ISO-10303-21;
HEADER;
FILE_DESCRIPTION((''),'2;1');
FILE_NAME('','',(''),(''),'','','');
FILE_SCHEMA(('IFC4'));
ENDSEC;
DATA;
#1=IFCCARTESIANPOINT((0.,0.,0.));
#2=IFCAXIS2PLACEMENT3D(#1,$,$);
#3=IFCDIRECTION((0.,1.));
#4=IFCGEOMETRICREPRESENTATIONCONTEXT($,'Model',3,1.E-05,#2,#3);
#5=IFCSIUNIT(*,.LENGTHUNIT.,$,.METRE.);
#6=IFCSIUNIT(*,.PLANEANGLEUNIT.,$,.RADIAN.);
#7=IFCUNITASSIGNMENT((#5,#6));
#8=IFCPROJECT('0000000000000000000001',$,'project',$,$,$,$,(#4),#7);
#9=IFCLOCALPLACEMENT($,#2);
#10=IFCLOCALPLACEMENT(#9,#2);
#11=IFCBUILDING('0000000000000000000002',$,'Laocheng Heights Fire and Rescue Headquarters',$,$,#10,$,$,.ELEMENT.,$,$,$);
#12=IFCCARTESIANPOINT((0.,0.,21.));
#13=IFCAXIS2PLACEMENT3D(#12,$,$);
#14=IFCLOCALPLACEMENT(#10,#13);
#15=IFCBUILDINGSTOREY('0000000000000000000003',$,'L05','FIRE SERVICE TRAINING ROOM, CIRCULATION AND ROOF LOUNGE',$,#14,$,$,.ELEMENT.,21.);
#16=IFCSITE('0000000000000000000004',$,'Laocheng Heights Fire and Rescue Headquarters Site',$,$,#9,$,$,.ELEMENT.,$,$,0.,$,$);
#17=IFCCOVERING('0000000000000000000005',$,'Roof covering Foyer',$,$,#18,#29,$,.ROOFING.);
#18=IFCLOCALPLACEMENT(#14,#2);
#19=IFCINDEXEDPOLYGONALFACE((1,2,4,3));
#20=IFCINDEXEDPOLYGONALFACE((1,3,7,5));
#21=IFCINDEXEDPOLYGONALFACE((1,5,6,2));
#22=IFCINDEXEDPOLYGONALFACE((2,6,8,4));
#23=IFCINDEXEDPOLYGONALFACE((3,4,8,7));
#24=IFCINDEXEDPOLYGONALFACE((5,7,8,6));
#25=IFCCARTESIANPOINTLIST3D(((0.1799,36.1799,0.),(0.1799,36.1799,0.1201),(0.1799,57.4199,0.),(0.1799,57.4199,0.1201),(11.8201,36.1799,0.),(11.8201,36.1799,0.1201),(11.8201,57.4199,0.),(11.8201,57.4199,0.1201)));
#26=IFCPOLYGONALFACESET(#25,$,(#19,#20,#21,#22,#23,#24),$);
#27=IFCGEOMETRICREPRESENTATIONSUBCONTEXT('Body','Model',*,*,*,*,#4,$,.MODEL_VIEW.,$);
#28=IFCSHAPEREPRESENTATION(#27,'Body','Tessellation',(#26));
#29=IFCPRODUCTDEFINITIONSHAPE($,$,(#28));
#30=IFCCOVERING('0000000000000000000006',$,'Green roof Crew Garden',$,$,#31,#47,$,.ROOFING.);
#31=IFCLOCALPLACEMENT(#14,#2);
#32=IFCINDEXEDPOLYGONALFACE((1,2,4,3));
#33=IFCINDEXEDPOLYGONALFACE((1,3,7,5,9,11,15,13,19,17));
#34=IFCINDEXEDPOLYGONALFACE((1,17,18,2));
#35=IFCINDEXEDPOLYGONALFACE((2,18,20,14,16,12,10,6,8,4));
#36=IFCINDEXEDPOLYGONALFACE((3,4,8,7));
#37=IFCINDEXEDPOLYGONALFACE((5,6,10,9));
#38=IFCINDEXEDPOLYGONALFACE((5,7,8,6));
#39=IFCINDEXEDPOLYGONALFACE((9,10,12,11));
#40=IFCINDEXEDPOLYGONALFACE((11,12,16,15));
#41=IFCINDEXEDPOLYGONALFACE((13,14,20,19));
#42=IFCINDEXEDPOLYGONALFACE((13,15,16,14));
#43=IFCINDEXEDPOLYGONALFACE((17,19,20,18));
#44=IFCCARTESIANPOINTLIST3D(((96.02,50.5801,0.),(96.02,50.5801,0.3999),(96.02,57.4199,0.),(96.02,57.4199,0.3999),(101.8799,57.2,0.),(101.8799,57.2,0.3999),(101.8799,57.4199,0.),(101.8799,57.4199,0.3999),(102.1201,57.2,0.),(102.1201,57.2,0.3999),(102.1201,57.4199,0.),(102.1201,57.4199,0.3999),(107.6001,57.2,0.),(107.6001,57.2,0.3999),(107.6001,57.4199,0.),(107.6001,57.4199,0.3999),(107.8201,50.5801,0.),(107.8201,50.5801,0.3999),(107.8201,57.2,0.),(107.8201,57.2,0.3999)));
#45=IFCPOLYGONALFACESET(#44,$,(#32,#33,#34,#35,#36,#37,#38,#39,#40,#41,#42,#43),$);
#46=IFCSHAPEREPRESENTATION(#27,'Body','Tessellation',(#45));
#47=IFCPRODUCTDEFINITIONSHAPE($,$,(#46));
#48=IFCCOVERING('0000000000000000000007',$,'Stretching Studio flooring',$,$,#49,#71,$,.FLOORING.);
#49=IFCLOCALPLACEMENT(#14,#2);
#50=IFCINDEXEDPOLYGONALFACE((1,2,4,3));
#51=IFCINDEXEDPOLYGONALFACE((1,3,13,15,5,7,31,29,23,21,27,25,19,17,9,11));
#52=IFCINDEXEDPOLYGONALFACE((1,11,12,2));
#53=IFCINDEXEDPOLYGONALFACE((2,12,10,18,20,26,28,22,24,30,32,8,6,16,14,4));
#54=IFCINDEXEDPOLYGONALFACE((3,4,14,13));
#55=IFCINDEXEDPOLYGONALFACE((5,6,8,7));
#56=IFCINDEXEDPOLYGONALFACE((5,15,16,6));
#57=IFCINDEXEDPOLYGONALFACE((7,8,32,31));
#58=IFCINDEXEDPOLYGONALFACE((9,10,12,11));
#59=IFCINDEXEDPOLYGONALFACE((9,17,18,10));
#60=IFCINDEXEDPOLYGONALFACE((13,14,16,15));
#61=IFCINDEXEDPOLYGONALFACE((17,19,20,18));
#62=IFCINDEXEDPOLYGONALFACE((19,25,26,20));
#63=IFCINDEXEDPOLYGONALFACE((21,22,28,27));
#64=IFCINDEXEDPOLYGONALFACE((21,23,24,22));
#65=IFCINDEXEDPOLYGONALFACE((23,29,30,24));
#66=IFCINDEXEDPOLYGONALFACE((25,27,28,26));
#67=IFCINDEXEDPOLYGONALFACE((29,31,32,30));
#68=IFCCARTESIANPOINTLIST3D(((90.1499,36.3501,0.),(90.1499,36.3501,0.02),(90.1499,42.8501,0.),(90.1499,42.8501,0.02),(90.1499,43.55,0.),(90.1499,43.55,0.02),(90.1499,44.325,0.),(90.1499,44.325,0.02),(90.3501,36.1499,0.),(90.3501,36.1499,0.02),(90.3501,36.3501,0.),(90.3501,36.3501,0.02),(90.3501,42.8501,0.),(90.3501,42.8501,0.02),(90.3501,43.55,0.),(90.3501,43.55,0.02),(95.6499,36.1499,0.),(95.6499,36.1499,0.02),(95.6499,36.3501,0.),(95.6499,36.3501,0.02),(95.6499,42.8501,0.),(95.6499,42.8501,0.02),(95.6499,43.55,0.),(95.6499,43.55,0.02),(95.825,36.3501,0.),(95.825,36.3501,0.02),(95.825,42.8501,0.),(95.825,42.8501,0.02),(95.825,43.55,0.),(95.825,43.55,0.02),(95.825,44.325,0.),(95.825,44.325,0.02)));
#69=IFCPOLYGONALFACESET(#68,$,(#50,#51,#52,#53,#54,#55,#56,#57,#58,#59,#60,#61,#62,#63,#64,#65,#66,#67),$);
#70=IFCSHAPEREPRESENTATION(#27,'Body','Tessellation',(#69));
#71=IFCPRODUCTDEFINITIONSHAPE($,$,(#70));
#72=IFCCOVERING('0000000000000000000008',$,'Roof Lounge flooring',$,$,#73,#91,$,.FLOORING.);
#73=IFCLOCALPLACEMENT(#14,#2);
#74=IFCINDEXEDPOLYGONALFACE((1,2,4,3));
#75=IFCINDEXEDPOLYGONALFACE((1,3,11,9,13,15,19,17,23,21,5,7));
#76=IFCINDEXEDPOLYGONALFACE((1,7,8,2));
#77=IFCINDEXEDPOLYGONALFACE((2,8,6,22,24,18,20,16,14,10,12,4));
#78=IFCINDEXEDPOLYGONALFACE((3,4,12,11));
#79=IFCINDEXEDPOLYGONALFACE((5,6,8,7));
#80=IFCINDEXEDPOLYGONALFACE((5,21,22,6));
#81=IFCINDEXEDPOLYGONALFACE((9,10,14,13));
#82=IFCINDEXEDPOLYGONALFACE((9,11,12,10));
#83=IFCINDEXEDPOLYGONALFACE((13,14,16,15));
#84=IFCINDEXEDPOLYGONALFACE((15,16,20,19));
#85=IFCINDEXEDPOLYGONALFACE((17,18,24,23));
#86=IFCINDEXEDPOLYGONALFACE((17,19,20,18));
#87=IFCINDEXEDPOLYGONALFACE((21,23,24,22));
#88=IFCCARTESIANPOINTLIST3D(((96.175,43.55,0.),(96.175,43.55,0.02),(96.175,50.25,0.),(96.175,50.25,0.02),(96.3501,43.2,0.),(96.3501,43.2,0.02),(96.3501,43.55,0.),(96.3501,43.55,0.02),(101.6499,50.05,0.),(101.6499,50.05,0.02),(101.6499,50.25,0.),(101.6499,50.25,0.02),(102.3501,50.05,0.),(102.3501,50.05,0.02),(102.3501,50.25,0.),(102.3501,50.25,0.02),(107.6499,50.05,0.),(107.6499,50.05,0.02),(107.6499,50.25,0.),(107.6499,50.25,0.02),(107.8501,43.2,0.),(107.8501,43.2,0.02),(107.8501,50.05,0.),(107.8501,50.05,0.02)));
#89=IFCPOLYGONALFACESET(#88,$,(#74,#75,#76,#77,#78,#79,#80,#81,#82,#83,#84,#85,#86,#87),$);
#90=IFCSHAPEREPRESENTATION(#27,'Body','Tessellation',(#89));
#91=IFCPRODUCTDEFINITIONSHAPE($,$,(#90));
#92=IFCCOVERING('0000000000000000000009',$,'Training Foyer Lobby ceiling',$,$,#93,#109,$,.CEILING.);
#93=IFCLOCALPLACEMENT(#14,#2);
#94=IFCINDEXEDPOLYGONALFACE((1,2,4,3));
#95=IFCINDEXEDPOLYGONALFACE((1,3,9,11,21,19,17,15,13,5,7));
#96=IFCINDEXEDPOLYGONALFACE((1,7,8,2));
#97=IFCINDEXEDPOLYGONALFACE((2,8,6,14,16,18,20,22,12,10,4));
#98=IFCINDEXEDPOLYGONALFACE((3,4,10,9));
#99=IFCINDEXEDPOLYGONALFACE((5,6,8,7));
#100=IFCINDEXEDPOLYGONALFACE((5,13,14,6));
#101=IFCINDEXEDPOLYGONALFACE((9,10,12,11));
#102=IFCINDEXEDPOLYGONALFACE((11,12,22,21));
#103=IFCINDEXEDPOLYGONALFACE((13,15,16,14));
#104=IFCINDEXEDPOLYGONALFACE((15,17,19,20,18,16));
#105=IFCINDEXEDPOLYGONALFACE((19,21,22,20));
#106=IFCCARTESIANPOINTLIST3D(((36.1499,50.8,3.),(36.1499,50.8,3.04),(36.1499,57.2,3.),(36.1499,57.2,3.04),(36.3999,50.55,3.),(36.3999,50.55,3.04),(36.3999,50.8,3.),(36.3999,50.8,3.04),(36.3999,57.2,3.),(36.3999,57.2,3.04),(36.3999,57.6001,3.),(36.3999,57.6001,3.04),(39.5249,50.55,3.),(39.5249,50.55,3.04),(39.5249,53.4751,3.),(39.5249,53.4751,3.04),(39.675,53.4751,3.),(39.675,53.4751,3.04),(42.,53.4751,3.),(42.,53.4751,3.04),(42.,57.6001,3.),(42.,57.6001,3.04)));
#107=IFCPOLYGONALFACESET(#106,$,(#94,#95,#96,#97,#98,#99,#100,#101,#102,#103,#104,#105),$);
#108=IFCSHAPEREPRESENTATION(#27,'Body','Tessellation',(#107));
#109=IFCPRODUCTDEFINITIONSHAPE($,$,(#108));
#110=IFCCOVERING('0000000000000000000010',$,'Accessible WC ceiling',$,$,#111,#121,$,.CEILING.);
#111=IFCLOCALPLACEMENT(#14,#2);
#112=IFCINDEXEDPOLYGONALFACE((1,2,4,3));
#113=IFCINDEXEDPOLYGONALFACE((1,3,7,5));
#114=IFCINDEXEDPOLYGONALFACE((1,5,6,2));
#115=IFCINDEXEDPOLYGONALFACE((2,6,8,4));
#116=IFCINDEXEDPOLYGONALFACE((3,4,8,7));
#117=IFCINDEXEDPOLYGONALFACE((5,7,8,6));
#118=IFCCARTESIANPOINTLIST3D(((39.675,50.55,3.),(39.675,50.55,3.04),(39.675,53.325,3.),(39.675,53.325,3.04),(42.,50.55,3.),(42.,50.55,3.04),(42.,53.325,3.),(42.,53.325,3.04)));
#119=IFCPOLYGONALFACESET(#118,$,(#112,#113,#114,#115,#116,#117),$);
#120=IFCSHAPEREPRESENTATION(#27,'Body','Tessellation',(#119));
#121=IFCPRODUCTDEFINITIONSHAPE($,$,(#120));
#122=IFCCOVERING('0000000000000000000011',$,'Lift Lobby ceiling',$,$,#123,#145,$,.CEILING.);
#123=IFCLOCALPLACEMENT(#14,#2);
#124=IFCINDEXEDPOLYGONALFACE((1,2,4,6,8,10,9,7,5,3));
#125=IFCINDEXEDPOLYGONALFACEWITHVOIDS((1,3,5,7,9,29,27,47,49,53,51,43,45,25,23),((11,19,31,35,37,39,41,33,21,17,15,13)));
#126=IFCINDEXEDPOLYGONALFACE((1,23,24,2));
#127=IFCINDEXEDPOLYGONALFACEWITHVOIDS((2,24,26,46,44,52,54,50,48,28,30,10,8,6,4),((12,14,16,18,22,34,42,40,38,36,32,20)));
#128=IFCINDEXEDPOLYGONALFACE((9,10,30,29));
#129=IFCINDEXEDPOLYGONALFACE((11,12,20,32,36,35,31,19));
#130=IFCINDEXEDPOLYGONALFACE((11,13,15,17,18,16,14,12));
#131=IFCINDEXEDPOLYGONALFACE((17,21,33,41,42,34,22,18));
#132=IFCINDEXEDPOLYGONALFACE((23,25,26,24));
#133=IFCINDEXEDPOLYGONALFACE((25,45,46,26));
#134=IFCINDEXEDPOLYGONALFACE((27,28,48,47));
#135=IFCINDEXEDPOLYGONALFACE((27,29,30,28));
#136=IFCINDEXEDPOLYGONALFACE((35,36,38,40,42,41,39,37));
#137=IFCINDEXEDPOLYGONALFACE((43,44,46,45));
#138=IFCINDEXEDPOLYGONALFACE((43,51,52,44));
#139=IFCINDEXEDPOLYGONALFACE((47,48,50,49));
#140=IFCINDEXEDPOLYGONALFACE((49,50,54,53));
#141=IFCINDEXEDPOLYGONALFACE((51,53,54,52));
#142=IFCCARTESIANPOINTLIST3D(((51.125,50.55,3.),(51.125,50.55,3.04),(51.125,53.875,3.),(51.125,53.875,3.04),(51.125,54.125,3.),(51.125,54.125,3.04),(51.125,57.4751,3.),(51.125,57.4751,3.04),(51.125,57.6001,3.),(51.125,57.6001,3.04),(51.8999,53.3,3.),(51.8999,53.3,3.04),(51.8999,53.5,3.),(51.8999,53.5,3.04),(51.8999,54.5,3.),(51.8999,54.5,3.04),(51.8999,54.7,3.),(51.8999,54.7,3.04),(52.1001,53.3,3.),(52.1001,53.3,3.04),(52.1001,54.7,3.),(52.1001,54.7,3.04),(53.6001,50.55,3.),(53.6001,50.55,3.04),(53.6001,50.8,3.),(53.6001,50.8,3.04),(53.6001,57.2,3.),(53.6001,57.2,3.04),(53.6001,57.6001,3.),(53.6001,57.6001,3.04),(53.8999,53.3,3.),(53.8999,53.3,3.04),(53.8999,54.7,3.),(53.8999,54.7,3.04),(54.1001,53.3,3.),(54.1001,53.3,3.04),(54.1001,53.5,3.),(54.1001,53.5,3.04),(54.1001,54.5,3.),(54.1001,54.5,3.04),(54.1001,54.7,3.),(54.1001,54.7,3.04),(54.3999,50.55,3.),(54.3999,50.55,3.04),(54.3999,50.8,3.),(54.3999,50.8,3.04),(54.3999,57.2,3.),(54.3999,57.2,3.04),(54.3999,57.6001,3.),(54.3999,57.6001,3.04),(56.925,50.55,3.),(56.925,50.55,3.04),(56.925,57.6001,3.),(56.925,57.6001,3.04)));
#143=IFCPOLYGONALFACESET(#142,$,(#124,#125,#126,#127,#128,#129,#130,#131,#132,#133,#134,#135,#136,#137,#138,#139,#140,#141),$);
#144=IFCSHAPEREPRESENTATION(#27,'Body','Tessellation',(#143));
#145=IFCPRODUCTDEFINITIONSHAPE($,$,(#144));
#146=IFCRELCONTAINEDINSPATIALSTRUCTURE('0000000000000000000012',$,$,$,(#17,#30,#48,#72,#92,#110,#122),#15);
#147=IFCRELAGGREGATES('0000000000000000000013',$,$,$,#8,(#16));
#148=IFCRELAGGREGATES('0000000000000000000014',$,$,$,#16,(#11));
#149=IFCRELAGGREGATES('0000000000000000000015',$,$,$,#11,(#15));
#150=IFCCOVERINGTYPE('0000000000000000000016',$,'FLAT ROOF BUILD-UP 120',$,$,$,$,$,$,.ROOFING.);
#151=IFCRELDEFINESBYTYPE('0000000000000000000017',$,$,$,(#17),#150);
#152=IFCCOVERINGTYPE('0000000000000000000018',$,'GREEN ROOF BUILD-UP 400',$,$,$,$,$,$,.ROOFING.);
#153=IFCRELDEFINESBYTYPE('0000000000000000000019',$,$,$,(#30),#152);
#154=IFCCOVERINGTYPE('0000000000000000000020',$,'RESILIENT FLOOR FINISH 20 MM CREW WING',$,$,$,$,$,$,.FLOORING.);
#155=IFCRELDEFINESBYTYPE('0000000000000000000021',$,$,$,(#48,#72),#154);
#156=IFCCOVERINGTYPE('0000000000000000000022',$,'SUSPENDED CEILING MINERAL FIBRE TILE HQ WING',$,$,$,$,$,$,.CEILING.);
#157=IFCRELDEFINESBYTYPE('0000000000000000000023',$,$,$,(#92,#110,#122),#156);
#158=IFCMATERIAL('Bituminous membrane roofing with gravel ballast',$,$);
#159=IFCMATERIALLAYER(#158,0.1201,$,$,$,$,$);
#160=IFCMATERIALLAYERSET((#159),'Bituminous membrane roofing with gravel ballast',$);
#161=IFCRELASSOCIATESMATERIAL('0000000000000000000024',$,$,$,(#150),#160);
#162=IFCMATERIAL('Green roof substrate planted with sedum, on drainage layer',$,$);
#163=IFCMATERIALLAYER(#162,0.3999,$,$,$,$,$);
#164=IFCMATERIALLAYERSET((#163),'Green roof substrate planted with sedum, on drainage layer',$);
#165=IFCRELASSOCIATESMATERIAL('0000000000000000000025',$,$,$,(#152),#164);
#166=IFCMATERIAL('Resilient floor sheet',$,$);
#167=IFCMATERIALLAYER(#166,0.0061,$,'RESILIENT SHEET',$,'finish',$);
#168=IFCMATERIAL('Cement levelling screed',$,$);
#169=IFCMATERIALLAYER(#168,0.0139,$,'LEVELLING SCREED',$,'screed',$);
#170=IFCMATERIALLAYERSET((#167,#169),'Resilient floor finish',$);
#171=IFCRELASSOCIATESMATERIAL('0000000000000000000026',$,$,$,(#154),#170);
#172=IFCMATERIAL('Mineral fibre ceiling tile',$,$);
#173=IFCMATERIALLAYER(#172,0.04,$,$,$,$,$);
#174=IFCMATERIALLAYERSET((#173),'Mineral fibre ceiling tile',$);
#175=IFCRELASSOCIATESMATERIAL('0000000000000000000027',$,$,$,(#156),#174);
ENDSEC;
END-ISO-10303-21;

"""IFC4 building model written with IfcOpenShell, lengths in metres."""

from ifc_helpers import new_model, si_unit, direction, frame, origin, place, context, subcontext, project, spatial, polyline, outline, extrude, material, layer, layer_set, type_object, element, save


model = new_model("IFC4")

# Units and contexts
model_context = context("Model", 3, precision=1e-05, world=origin(), true_north=direction((0.0, 1.0)))
body_context = subcontext(model_context, "Body", "Model", "MODEL_VIEW")
ifc_project = project(units=[si_unit("LENGTHUNIT", "METRE"), si_unit("PLANEANGLEUNIT", "RADIAN")], contexts=[model_context])

# Site, building, storey
site_placement = place(None, origin())
site = spatial("IfcSite", under=ifc_project, at=site_placement, Name="Laocheng Heights Fire and Rescue Headquarters Site", CompositionType="ELEMENT", RefElevation=0.0)
building_placement = place(site_placement, origin())
building = spatial("IfcBuilding", under=site, at=building_placement, Name="Laocheng Heights Fire and Rescue Headquarters", CompositionType="ELEMENT")
storey_placement = place(building_placement, frame((0.0, 0.0, 21.0)))
storey = spatial("IfcBuildingStorey", under=building, at=storey_placement, Name="L05", Description="FIRE SERVICE TRAINING ROOM, CIRCULATION AND ROOF LOUNGE", CompositionType="ELEMENT", Elevation=21.0)

# Coverings
ifc_material_1 = material(Name="Bituminous membrane roofing with gravel ballast")
ifc_layer_1 = layer(ifc_material_1, 0.1201)
ifc_layer_set_1 = layer_set([ifc_layer_1], Name="Bituminous membrane roofing with gravel ballast")
covering_type_1 = type_object("IfcCoveringType", Name="FLAT ROOF BUILD-UP 120", PredefinedType="ROOFING", material=ifc_layer_set_1)
covering_1_placement = place(storey_placement, origin())
element("IfcCovering", 1, at=covering_1_placement, inside=storey, type_object=covering_type_1, Name="Roof covering Foyer", PredefinedType="ROOFING", context=body_context, shape_type="SweptSolid", body=[
    extrude(outline(polyline([(0.1799, 57.4199), (0.1799, 36.1799), (11.8201, 36.1799), (11.8201, 57.4199), (0.1799, 57.4199)])), origin(), (0.0, 0.0, 1.0), 0.1201),
])
ifc_material_2 = material(Name="Green roof substrate planted with sedum, on drainage layer")
ifc_layer_2 = layer(ifc_material_2, 0.3999)
ifc_layer_set_2 = layer_set([ifc_layer_2], Name="Green roof substrate planted with sedum, on drainage layer")
covering_type_2 = type_object("IfcCoveringType", Name="GREEN ROOF BUILD-UP 400", PredefinedType="ROOFING", material=ifc_layer_set_2)
covering_2_placement = place(storey_placement, origin())
element("IfcCovering", 2, at=covering_2_placement, inside=storey, type_object=covering_type_2, Name="Green roof Crew Garden", PredefinedType="ROOFING", context=body_context, shape_type="SweptSolid", body=[
    extrude(outline(polyline([(107.8201, 50.5801), (107.8201, 57.2), (107.6001, 57.2), (107.6001, 57.4199), (102.1201, 57.4199), (102.1201, 57.2), (101.8799, 57.2), (101.8799, 57.4199), (96.02, 57.4199), (96.02, 50.5801), (107.8201, 50.5801)])), origin(), (0.0, 0.0, 1.0), 0.3999),
])
ifc_material_3 = material(Name="Resilient floor sheet")
ifc_layer_3 = layer(ifc_material_3, 0.0061, Name="RESILIENT SHEET", Category="finish")
ifc_material_4 = material(Name="Cement levelling screed")
ifc_layer_4 = layer(ifc_material_4, 0.0139, Name="LEVELLING SCREED", Category="screed")
ifc_layer_set_3 = layer_set([ifc_layer_3, ifc_layer_4], Name="Resilient floor finish")
covering_type_3 = type_object("IfcCoveringType", Name="RESILIENT FLOOR FINISH 20 MM CREW WING", PredefinedType="FLOORING", material=ifc_layer_set_3)
covering_3_placement = place(storey_placement, origin())
element("IfcCovering", 3, at=covering_3_placement, inside=storey, type_object=covering_type_3, Name="Stretching Studio flooring", PredefinedType="FLOORING", context=body_context, shape_type="SweptSolid", body=[
    extrude(outline(polyline([(90.3501, 36.1499), (90.3501, 36.3501), (90.1499, 36.3501), (90.1499, 42.8501), (90.3501, 42.8501), (90.3501, 43.55), (90.1499, 43.55), (90.1499, 44.325), (95.825, 44.325), (95.825, 43.55), (95.6499, 43.55), (95.6499, 42.8501), (95.825, 42.8501), (95.825, 36.3501), (95.6499, 36.3501), (95.6499, 36.1499), (90.3501, 36.1499)])), origin(), (0.0, 0.0, 1.0), 0.02),
])
covering_4_placement = place(storey_placement, origin())
element("IfcCovering", 4, at=covering_4_placement, inside=storey, type_object=covering_type_3, Name="Roof Lounge flooring", PredefinedType="FLOORING", context=body_context, shape_type="SweptSolid", body=[
    extrude(outline(polyline([(96.175, 50.25), (101.6499, 50.25), (101.6499, 50.05), (102.3501, 50.05), (102.3501, 50.25), (107.6499, 50.25), (107.6499, 50.05), (107.8501, 50.05), (107.8501, 43.2), (96.3501, 43.2), (96.3501, 43.55), (96.175, 43.55), (96.175, 50.25)])), origin(), (0.0, 0.0, 1.0), 0.02),
])
ifc_material_5 = material(Name="Mineral fibre ceiling tile")
ifc_layer_5 = layer(ifc_material_5, 0.04)
ifc_layer_set_4 = layer_set([ifc_layer_5], Name="Mineral fibre ceiling tile")
covering_type_4 = type_object("IfcCoveringType", Name="SUSPENDED CEILING MINERAL FIBRE TILE HQ WING", PredefinedType="CEILING", material=ifc_layer_set_4)
covering_5_placement = place(storey_placement, frame((0.0, 0.0, 3.0)))
element("IfcCovering", 5, at=covering_5_placement, inside=storey, type_object=covering_type_4, Name="Training Foyer Lobby ceiling", PredefinedType="CEILING", context=body_context, shape_type="SweptSolid", body=[
    extrude(outline(polyline([(42.0, 53.4751), (39.675, 53.4751), (39.5249, 53.4751), (39.5249, 50.55), (36.3999, 50.55), (36.3999, 50.8), (36.1499, 50.8), (36.1499, 57.2), (36.3999, 57.2), (36.3999, 57.6001), (42.0, 57.6001), (42.0, 53.4751)])), origin(), (0.0, 0.0, 1.0), 0.04),
])
covering_6_placement = place(storey_placement, frame((0.0, 0.0, 3.0)))
element("IfcCovering", 6, at=covering_6_placement, inside=storey, type_object=covering_type_4, Name="Accessible WC ceiling", PredefinedType="CEILING", context=body_context, shape_type="SweptSolid", body=[
    extrude(outline(polyline([(39.675, 50.55), (39.675, 53.325), (42.0, 53.325), (42.0, 50.55), (39.675, 50.55)])), origin(), (0.0, 0.0, 1.0), 0.04),
])
covering_7_placement = place(storey_placement, frame((0.0, 0.0, 3.0)))
element("IfcCovering", 7, at=covering_7_placement, inside=storey, type_object=covering_type_4, Name="Lift Lobby ceiling", PredefinedType="CEILING", context=body_context, shape_type="SweptSolid", body=[
    extrude(outline(polyline([(56.925, 50.55), (54.3999, 50.55), (54.3999, 50.8), (53.6001, 50.8), (53.6001, 50.55), (51.125, 50.55), (51.125, 53.875), (51.125, 54.125), (51.125, 57.4751), (51.125, 57.6001), (53.6001, 57.6001), (53.6001, 57.2), (54.3999, 57.2), (54.3999, 57.6001), (56.925, 57.6001), (56.925, 50.55)]), holes=[polyline([(52.1001, 53.3), (53.8999, 53.3), (54.1001, 53.3), (54.1001, 53.5), (54.1001, 54.5), (54.1001, 54.7), (53.8999, 54.7), (52.1001, 54.7), (51.8999, 54.7), (51.8999, 54.5), (51.8999, 53.5), (51.8999, 53.3), (52.1001, 53.3)])]), origin(), (0.0, 0.0, 1.0), 0.04),
])

save(model, "model.ifc")
